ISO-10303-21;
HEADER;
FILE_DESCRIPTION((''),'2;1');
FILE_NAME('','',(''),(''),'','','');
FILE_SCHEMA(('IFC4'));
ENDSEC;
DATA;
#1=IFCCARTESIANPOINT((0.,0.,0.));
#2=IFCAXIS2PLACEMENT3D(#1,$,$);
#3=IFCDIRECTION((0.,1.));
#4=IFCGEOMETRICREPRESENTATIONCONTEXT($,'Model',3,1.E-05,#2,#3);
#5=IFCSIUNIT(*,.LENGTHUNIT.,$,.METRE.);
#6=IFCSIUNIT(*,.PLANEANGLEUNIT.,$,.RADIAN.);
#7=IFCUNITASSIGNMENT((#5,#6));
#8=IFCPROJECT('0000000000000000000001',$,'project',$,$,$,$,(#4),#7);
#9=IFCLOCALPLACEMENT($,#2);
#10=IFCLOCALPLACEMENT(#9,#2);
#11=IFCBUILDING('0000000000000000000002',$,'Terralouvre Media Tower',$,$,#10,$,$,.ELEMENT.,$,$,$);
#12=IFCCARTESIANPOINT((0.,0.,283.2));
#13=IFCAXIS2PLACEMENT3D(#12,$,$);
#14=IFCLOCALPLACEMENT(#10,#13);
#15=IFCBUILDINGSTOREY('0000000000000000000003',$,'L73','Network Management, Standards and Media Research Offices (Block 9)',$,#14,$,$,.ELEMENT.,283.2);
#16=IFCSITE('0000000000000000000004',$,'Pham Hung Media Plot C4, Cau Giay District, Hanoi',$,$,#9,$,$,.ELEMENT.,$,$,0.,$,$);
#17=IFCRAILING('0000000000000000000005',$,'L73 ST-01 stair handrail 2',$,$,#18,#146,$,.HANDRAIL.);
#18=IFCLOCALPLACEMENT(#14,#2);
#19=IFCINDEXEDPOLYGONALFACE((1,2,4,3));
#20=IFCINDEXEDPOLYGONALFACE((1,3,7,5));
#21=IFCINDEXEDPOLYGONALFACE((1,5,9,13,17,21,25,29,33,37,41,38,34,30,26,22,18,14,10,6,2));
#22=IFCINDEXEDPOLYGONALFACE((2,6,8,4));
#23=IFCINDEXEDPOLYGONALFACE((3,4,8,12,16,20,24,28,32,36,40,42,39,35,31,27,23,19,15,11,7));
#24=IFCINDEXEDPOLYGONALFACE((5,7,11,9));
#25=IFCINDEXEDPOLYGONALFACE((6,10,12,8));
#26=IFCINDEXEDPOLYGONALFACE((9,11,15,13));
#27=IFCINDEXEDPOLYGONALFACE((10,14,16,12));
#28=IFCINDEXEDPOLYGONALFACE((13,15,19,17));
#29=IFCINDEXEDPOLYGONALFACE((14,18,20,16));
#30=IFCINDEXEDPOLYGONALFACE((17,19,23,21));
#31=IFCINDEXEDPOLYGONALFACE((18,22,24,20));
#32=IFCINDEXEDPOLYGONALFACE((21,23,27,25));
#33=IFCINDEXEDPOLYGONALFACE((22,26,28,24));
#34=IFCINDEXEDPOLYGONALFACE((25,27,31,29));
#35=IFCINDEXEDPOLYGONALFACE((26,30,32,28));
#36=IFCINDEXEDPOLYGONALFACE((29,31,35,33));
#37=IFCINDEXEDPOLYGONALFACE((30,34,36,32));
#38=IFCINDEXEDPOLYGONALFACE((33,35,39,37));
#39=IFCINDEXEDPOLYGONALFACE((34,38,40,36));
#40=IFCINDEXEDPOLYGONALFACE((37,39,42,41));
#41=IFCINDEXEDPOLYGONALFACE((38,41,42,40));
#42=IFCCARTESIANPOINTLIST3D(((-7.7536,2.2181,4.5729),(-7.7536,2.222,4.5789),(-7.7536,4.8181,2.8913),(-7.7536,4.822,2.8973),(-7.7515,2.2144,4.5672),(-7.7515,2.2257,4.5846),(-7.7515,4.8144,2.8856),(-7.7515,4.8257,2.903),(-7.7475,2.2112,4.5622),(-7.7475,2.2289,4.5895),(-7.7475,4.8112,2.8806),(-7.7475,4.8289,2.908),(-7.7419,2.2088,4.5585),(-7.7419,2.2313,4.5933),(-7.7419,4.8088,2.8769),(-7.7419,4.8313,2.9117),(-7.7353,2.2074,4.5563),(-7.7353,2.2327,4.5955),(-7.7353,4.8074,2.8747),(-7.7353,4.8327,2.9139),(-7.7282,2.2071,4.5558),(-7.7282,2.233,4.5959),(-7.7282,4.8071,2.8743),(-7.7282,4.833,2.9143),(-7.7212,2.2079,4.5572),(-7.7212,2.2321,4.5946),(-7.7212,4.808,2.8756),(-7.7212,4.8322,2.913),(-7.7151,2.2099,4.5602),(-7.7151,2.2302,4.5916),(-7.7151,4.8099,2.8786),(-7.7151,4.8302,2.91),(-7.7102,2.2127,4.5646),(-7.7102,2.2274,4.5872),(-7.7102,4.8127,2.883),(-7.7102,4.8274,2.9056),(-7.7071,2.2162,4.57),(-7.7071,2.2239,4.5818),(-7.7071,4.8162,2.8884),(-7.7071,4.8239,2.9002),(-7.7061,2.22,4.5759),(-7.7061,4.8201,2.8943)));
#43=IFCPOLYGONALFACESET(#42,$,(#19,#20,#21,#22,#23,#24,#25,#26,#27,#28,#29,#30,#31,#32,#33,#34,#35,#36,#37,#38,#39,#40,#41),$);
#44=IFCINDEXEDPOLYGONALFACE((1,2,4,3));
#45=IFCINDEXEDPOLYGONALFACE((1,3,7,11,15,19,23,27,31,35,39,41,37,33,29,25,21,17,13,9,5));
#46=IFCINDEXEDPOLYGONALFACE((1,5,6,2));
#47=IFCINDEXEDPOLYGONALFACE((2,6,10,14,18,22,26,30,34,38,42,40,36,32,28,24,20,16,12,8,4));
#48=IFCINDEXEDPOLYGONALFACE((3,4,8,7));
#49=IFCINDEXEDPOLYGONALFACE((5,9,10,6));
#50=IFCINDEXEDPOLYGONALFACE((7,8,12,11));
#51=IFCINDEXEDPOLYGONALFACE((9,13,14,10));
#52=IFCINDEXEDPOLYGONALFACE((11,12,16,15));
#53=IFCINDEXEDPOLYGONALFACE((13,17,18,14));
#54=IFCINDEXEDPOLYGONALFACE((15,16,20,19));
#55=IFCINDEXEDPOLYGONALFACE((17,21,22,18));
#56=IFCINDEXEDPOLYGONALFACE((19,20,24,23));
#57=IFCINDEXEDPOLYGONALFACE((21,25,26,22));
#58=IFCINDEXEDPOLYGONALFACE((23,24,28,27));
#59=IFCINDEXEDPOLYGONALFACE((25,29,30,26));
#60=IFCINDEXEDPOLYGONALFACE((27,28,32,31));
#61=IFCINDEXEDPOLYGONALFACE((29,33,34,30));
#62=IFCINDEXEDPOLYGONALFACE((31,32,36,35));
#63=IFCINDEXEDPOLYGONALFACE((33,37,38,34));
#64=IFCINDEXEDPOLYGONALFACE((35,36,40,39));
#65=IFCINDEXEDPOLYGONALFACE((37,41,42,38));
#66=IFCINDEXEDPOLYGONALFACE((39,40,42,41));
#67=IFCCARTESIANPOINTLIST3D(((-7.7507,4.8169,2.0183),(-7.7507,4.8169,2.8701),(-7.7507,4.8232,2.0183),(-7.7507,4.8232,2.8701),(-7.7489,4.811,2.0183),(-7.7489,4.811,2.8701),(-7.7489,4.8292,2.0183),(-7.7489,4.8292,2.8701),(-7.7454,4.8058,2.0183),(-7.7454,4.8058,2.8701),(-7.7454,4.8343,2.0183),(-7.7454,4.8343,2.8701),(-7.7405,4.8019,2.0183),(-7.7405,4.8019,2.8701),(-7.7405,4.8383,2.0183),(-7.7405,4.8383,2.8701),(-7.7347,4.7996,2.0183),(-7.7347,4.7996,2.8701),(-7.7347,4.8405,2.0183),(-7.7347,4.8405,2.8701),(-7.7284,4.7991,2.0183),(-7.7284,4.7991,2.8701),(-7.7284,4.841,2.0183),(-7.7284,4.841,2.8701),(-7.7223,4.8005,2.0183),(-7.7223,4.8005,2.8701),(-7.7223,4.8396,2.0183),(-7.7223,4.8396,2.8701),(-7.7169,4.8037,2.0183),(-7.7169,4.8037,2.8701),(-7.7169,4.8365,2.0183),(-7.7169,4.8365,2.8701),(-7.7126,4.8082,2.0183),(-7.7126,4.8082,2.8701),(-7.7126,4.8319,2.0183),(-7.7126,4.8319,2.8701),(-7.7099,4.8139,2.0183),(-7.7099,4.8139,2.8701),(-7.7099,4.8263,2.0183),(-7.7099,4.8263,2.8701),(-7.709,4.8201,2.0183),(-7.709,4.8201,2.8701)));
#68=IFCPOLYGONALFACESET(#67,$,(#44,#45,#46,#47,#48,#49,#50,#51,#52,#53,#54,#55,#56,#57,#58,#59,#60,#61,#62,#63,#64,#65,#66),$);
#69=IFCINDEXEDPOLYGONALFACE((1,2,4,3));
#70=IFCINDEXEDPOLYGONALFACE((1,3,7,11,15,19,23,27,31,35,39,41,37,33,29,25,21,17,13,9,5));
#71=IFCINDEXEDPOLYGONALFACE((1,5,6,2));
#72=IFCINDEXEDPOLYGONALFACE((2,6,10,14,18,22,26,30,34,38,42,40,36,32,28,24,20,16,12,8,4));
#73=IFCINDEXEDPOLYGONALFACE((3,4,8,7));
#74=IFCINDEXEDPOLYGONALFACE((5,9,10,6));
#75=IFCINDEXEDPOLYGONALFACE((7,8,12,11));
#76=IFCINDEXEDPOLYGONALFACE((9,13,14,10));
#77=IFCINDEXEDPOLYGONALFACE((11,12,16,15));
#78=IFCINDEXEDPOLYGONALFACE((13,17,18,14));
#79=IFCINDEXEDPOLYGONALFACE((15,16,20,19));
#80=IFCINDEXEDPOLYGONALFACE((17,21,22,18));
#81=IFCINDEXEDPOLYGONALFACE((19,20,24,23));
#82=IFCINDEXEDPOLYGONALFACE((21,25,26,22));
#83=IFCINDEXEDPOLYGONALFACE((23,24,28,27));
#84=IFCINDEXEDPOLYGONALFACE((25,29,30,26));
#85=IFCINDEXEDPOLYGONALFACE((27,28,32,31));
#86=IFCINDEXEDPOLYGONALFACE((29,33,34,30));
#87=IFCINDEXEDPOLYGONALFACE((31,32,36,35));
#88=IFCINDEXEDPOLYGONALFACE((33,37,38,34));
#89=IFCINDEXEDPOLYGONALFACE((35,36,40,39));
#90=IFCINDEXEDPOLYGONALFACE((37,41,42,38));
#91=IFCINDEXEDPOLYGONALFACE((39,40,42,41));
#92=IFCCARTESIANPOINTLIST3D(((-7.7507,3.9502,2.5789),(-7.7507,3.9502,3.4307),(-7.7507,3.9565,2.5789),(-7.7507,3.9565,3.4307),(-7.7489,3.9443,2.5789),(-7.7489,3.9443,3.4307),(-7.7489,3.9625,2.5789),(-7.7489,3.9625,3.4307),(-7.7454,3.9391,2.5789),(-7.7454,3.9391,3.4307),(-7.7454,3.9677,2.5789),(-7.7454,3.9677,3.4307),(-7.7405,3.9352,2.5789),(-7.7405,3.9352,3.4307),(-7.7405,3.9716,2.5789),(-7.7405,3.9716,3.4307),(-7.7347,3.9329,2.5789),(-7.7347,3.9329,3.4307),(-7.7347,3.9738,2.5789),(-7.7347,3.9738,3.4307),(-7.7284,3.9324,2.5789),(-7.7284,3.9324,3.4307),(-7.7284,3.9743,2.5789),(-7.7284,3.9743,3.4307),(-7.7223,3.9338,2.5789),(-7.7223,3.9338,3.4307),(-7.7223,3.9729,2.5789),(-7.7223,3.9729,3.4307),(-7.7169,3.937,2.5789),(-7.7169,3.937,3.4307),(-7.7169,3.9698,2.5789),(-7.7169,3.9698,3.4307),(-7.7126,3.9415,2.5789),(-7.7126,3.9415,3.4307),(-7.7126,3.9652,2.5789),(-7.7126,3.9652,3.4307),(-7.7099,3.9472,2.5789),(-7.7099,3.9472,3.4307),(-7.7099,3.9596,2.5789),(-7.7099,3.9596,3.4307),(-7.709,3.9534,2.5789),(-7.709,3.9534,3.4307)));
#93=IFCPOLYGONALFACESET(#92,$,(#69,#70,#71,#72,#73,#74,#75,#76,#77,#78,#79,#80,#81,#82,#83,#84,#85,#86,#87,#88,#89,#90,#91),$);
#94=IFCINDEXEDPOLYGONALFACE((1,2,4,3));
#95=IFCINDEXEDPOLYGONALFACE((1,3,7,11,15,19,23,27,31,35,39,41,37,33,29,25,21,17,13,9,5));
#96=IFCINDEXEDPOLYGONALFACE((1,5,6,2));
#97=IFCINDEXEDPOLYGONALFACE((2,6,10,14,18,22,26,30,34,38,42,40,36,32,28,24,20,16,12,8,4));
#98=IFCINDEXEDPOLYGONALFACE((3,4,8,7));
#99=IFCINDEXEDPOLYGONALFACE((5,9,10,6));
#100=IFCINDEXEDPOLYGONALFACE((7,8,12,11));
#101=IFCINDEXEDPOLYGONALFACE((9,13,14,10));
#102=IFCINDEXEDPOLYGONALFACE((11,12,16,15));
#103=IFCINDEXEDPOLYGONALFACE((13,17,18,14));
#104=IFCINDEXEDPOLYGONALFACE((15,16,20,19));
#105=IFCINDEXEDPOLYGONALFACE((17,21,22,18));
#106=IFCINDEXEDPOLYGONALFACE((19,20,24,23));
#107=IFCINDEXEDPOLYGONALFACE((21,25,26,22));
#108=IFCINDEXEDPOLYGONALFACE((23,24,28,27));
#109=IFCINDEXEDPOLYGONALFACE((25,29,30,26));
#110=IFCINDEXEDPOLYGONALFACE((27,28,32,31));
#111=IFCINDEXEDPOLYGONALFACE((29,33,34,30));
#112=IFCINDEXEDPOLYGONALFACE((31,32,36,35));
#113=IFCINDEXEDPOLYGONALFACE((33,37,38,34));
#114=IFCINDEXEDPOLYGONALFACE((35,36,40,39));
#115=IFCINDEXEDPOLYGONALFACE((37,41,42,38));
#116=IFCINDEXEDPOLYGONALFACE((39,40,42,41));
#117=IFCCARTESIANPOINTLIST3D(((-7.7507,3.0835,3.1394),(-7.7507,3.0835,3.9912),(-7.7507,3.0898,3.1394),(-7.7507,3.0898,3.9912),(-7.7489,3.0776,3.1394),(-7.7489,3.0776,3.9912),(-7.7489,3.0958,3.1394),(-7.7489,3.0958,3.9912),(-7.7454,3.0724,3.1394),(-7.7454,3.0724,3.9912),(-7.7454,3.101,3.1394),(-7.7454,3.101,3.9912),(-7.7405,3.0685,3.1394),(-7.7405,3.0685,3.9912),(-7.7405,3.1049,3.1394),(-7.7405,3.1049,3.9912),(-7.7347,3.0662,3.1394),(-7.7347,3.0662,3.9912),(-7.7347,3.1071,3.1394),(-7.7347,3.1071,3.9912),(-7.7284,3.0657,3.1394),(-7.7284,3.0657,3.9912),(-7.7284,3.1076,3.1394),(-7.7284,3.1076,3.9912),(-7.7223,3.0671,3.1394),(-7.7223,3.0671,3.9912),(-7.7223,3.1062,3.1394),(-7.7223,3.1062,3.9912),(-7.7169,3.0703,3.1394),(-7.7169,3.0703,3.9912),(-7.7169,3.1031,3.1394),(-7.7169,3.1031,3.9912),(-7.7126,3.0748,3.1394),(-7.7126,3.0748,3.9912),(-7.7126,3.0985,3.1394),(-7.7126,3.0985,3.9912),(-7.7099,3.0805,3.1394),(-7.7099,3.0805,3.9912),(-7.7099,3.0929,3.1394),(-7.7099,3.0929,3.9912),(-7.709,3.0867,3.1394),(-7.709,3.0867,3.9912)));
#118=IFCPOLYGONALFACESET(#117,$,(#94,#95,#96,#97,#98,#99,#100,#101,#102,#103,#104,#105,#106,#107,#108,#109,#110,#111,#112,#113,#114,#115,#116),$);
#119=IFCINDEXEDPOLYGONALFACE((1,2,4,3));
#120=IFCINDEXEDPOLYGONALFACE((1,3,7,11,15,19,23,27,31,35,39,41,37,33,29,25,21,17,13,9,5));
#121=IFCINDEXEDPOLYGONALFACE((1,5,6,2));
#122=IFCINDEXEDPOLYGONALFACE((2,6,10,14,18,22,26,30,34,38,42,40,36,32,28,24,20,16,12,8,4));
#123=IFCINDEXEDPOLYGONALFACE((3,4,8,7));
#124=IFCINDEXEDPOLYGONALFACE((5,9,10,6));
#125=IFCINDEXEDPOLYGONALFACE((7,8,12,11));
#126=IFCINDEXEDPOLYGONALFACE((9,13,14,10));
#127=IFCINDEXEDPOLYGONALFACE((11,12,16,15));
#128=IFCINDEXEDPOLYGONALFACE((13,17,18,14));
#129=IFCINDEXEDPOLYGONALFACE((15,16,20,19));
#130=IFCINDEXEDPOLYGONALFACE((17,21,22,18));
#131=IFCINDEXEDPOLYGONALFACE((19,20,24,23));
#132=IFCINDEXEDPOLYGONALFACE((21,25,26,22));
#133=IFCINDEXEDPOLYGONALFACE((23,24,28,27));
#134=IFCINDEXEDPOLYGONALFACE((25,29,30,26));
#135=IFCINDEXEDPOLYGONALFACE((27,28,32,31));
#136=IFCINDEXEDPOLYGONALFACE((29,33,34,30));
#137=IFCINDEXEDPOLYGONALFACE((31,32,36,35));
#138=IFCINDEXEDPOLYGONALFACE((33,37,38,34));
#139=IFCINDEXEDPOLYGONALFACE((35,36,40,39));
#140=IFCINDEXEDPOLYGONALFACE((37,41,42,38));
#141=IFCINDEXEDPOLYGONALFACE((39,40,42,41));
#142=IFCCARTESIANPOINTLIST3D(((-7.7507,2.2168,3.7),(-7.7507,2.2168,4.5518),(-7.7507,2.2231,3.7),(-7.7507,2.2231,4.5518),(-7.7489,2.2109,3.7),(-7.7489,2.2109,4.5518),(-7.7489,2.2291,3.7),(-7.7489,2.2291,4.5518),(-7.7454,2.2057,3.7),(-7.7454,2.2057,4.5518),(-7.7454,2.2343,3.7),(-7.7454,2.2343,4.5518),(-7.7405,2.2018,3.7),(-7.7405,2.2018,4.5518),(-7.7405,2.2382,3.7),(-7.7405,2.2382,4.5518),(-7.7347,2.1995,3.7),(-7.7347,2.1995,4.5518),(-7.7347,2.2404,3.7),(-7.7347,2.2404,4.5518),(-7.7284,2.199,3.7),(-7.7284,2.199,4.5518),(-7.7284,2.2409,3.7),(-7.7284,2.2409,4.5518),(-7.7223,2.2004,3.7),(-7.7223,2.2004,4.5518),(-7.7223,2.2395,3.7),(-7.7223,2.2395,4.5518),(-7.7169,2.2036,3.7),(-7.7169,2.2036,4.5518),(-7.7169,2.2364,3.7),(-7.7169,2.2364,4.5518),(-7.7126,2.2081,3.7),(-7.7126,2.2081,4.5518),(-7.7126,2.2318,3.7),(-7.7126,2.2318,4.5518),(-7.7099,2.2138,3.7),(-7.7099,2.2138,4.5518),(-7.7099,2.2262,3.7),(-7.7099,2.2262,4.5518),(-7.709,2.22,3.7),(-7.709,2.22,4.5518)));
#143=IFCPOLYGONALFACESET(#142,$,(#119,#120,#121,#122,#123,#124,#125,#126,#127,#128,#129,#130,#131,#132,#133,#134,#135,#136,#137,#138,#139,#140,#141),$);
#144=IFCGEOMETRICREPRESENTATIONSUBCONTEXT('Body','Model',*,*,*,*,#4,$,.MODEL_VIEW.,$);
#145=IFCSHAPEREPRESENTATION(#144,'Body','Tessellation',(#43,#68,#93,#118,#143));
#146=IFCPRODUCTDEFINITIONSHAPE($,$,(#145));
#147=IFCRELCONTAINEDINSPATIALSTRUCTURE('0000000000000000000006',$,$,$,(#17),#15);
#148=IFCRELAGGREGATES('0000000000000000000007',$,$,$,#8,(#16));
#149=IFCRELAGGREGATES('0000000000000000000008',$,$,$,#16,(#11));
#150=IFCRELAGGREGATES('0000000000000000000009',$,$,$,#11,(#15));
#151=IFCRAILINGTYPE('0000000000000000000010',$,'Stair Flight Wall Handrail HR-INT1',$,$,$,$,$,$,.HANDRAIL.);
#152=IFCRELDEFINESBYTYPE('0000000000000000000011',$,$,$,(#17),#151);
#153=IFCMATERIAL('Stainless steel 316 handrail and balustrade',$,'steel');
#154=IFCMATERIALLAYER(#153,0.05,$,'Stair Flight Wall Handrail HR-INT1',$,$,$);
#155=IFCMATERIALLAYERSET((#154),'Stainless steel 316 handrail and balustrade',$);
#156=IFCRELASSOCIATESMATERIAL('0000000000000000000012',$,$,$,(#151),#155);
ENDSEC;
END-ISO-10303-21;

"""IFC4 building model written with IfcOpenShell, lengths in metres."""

from ifc_helpers import new_model, si_unit, direction, frame, origin, origin_2d, place, context, subcontext, project, spatial, circle, extrude, material, layer, layer_set, type_object, element, save


model = new_model("IFC4")

# Units and contexts
model_context = context("Model", 3, precision=1e-05, world=origin(), true_north=direction((0.0, 1.0)))
body_context = subcontext(model_context, "Body", "Model", "MODEL_VIEW")
ifc_project = project(units=[si_unit("LENGTHUNIT", "METRE"), si_unit("PLANEANGLEUNIT", "RADIAN")], contexts=[model_context])

# Site, building, storey
site_placement = place(None, origin())
site = spatial("IfcSite", under=ifc_project, at=site_placement, Name="Pham Hung Media Plot C4, Cau Giay District, Hanoi", CompositionType="ELEMENT", RefElevation=0.0)
building_placement = place(site_placement, origin())
building = spatial("IfcBuilding", under=site, at=building_placement, Name="Terralouvre Media Tower", CompositionType="ELEMENT")
storey_placement = place(building_placement, frame((0.0, 0.0, 283.2)))
storey = spatial("IfcBuildingStorey", under=building, at=storey_placement, Name="L73", Description="Network Management, Standards and Media Research Offices (Block 9)", CompositionType="ELEMENT", Elevation=283.2)

# Railing
ifc_material_1 = material(Name="Stainless steel 316 handrail and balustrade", Category="steel")
ifc_layer_1 = layer(ifc_material_1, 0.05, Name="Stair Flight Wall Handrail HR-INT1")
ifc_layer_set_1 = layer_set([ifc_layer_1], Name="Stainless steel 316 handrail and balustrade")
railing_type_1 = type_object("IfcRailingType", Name="Stair Flight Wall Handrail HR-INT1", PredefinedType="HANDRAIL", material=ifc_layer_set_1)
railing_1_placement = place(storey_placement, frame((-7.73, 4.8201, 2.0183)))
element("IfcRailing", 1, at=railing_1_placement, inside=storey, type_object=railing_type_1, Name="L73 ST-01 stair handrail 2", PredefinedType="HANDRAIL", context=body_context, shape_type="SweptSolid", body=[
    extrude(circle(Radius=0.0239, at=origin_2d()), frame((0.0, 0.0, 0.876), z_axis=(0.0, -0.839684, 0.543075), x_axis=(1.0, 0.0, 0.0)), (0.0, 0.0, 1.0), 3.0964),
    extrude(circle(Radius=0.021, at=origin_2d()), origin(), (0.0, 0.0, 1.0), 0.8518),
    extrude(circle(Radius=0.021, at=origin_2d()), frame((0.0, -0.8667, 0.5605)), (0.0, 0.0, 1.0), 0.8518),
    extrude(circle(Radius=0.021, at=origin_2d()), frame((0.0, -1.7334, 1.1211)), (0.0, 0.0, 1.0), 0.8518),
    extrude(circle(Radius=0.021, at=origin_2d()), frame((0.0, -2.6001, 1.6816)), (0.0, 0.0, 1.0), 0.8518),
])

save(model, "model.ifc")
